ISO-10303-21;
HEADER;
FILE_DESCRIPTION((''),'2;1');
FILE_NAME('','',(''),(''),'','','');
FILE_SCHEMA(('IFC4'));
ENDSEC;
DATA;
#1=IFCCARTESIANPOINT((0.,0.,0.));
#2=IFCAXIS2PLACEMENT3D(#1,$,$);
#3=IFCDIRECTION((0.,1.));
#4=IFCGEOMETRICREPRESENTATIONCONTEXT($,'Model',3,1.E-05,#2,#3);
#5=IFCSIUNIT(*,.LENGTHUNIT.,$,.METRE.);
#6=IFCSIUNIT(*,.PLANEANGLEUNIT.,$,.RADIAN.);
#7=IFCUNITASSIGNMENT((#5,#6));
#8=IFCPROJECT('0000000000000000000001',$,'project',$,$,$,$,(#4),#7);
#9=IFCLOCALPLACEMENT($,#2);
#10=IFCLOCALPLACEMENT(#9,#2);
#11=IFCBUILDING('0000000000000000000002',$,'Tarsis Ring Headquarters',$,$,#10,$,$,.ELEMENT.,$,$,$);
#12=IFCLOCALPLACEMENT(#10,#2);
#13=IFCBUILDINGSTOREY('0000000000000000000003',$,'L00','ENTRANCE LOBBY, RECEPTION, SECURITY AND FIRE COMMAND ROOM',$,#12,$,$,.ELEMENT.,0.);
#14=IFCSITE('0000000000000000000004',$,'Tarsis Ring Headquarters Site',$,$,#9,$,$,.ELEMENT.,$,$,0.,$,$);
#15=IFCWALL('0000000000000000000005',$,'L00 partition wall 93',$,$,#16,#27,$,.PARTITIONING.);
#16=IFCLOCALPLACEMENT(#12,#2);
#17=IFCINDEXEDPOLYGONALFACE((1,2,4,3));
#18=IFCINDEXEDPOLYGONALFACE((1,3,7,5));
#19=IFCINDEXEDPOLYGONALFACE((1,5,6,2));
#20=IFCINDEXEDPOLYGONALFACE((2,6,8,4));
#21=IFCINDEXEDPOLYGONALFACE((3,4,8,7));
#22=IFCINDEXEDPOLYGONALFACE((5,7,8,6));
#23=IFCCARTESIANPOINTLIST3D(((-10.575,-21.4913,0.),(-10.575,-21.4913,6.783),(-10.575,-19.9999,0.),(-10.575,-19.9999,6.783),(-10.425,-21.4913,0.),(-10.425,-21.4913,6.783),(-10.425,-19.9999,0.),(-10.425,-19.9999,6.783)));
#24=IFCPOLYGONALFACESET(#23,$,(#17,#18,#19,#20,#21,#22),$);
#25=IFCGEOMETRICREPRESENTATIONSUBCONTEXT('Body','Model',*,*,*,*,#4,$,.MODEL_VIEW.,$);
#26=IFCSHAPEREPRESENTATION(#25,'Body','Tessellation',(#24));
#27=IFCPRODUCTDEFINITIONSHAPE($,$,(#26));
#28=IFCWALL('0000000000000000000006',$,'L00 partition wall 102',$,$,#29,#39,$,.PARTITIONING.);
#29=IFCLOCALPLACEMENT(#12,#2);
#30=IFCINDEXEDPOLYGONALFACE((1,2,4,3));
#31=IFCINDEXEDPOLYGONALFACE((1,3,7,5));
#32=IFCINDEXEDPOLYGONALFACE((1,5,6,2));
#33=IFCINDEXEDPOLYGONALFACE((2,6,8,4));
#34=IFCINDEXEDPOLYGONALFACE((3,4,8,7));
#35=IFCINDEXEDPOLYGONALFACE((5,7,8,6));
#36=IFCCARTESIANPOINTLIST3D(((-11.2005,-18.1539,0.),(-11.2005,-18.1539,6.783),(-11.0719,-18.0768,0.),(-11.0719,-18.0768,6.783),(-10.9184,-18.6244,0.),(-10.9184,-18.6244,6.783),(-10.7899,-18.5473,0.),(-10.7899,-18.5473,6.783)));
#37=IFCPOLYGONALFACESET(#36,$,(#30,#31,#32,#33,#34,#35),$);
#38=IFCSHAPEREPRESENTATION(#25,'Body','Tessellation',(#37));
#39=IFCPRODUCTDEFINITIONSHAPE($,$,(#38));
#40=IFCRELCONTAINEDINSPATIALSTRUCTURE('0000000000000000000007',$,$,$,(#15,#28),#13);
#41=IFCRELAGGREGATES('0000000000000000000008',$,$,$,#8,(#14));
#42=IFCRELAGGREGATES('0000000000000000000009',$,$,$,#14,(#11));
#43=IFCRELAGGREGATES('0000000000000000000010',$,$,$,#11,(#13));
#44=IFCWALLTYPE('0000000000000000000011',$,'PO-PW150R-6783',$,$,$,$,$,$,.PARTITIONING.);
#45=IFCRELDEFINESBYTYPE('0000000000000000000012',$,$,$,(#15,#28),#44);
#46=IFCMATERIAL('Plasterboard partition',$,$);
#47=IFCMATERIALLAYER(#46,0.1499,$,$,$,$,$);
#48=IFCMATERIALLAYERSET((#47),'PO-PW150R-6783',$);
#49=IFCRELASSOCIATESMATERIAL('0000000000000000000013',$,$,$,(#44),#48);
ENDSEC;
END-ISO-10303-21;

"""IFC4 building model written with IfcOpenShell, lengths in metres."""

from ifc_helpers import new_model, si_unit, direction, frame, frame_2d, origin, place, context, subcontext, project, spatial, rectangle, extrude, material, layer, layer_set, type_object, element, save


model = new_model("IFC4")

# Units and contexts
model_context = context("Model", 3, precision=1e-05, world=origin(), true_north=direction((0.0, 1.0)))
body_context = subcontext(model_context, "Body", "Model", "MODEL_VIEW")
ifc_project = project(units=[si_unit("LENGTHUNIT", "METRE"), si_unit("PLANEANGLEUNIT", "RADIAN")], contexts=[model_context])

# Site, building, storey
site_placement = place(None, origin())
site = spatial("IfcSite", under=ifc_project, at=site_placement, Name="Tarsis Ring Headquarters Site", CompositionType="ELEMENT", RefElevation=0.0)
building_placement = place(site_placement, origin())
building = spatial("IfcBuilding", under=site, at=building_placement, Name="Tarsis Ring Headquarters", CompositionType="ELEMENT")
storey_placement = place(building_placement, origin())
storey = spatial("IfcBuildingStorey", under=building, at=storey_placement, Name="L00", Description="ENTRANCE LOBBY, RECEPTION, SECURITY AND FIRE COMMAND ROOM", CompositionType="ELEMENT", Elevation=0.0)

# Shared definitions
ifc_material_1 = material(Name="Plasterboard partition")

# Shared definitions
ifc_layer_1 = layer(ifc_material_1, 0.1499)
ifc_layer_set_1 = layer_set([ifc_layer_1], Name="PO-PW150R-6783")
wall_type_1 = type_object("IfcWallType", Name="PO-PW150R-6783", PredefinedType="PARTITIONING", material=ifc_layer_set_1)

# Walls
wall_1_placement = place(storey_placement, frame((-10.5, -20.0, 0.0), z_axis=(0.0, 0.0, 1.0), x_axis=(0.0, -1.0, 0.0)))
element("IfcWall", 1, at=wall_1_placement, inside=storey, type_object=wall_type_1, Name="L00 partition wall 93", PredefinedType="PARTITIONING", context=body_context, shape_type="SweptSolid", body=[
    extrude(rectangle(XDim=1.4915, YDim=0.1499, at=frame_2d((0.7456, 0.0))), origin(), (0.0, 0.0, 1.0), 6.783),
])
wall_2_placement = place(storey_placement, frame((-11.1362, -18.1152, 0.0), z_axis=(0.0, 0.0, 1.0), x_axis=(0.514103, -0.857728, 0.0)))
element("IfcWall", 2, at=wall_2_placement, inside=storey, type_object=wall_type_1, Name="L00 partition wall 102", PredefinedType="PARTITIONING", context=body_context, shape_type="SweptSolid", body=[
    extrude(rectangle(XDim=0.5486, YDim=0.1499, at=frame_2d((0.2744, 0.0))), origin(), (0.0, 0.0, 1.0), 6.783),
])

save(model, "model.ifc")
